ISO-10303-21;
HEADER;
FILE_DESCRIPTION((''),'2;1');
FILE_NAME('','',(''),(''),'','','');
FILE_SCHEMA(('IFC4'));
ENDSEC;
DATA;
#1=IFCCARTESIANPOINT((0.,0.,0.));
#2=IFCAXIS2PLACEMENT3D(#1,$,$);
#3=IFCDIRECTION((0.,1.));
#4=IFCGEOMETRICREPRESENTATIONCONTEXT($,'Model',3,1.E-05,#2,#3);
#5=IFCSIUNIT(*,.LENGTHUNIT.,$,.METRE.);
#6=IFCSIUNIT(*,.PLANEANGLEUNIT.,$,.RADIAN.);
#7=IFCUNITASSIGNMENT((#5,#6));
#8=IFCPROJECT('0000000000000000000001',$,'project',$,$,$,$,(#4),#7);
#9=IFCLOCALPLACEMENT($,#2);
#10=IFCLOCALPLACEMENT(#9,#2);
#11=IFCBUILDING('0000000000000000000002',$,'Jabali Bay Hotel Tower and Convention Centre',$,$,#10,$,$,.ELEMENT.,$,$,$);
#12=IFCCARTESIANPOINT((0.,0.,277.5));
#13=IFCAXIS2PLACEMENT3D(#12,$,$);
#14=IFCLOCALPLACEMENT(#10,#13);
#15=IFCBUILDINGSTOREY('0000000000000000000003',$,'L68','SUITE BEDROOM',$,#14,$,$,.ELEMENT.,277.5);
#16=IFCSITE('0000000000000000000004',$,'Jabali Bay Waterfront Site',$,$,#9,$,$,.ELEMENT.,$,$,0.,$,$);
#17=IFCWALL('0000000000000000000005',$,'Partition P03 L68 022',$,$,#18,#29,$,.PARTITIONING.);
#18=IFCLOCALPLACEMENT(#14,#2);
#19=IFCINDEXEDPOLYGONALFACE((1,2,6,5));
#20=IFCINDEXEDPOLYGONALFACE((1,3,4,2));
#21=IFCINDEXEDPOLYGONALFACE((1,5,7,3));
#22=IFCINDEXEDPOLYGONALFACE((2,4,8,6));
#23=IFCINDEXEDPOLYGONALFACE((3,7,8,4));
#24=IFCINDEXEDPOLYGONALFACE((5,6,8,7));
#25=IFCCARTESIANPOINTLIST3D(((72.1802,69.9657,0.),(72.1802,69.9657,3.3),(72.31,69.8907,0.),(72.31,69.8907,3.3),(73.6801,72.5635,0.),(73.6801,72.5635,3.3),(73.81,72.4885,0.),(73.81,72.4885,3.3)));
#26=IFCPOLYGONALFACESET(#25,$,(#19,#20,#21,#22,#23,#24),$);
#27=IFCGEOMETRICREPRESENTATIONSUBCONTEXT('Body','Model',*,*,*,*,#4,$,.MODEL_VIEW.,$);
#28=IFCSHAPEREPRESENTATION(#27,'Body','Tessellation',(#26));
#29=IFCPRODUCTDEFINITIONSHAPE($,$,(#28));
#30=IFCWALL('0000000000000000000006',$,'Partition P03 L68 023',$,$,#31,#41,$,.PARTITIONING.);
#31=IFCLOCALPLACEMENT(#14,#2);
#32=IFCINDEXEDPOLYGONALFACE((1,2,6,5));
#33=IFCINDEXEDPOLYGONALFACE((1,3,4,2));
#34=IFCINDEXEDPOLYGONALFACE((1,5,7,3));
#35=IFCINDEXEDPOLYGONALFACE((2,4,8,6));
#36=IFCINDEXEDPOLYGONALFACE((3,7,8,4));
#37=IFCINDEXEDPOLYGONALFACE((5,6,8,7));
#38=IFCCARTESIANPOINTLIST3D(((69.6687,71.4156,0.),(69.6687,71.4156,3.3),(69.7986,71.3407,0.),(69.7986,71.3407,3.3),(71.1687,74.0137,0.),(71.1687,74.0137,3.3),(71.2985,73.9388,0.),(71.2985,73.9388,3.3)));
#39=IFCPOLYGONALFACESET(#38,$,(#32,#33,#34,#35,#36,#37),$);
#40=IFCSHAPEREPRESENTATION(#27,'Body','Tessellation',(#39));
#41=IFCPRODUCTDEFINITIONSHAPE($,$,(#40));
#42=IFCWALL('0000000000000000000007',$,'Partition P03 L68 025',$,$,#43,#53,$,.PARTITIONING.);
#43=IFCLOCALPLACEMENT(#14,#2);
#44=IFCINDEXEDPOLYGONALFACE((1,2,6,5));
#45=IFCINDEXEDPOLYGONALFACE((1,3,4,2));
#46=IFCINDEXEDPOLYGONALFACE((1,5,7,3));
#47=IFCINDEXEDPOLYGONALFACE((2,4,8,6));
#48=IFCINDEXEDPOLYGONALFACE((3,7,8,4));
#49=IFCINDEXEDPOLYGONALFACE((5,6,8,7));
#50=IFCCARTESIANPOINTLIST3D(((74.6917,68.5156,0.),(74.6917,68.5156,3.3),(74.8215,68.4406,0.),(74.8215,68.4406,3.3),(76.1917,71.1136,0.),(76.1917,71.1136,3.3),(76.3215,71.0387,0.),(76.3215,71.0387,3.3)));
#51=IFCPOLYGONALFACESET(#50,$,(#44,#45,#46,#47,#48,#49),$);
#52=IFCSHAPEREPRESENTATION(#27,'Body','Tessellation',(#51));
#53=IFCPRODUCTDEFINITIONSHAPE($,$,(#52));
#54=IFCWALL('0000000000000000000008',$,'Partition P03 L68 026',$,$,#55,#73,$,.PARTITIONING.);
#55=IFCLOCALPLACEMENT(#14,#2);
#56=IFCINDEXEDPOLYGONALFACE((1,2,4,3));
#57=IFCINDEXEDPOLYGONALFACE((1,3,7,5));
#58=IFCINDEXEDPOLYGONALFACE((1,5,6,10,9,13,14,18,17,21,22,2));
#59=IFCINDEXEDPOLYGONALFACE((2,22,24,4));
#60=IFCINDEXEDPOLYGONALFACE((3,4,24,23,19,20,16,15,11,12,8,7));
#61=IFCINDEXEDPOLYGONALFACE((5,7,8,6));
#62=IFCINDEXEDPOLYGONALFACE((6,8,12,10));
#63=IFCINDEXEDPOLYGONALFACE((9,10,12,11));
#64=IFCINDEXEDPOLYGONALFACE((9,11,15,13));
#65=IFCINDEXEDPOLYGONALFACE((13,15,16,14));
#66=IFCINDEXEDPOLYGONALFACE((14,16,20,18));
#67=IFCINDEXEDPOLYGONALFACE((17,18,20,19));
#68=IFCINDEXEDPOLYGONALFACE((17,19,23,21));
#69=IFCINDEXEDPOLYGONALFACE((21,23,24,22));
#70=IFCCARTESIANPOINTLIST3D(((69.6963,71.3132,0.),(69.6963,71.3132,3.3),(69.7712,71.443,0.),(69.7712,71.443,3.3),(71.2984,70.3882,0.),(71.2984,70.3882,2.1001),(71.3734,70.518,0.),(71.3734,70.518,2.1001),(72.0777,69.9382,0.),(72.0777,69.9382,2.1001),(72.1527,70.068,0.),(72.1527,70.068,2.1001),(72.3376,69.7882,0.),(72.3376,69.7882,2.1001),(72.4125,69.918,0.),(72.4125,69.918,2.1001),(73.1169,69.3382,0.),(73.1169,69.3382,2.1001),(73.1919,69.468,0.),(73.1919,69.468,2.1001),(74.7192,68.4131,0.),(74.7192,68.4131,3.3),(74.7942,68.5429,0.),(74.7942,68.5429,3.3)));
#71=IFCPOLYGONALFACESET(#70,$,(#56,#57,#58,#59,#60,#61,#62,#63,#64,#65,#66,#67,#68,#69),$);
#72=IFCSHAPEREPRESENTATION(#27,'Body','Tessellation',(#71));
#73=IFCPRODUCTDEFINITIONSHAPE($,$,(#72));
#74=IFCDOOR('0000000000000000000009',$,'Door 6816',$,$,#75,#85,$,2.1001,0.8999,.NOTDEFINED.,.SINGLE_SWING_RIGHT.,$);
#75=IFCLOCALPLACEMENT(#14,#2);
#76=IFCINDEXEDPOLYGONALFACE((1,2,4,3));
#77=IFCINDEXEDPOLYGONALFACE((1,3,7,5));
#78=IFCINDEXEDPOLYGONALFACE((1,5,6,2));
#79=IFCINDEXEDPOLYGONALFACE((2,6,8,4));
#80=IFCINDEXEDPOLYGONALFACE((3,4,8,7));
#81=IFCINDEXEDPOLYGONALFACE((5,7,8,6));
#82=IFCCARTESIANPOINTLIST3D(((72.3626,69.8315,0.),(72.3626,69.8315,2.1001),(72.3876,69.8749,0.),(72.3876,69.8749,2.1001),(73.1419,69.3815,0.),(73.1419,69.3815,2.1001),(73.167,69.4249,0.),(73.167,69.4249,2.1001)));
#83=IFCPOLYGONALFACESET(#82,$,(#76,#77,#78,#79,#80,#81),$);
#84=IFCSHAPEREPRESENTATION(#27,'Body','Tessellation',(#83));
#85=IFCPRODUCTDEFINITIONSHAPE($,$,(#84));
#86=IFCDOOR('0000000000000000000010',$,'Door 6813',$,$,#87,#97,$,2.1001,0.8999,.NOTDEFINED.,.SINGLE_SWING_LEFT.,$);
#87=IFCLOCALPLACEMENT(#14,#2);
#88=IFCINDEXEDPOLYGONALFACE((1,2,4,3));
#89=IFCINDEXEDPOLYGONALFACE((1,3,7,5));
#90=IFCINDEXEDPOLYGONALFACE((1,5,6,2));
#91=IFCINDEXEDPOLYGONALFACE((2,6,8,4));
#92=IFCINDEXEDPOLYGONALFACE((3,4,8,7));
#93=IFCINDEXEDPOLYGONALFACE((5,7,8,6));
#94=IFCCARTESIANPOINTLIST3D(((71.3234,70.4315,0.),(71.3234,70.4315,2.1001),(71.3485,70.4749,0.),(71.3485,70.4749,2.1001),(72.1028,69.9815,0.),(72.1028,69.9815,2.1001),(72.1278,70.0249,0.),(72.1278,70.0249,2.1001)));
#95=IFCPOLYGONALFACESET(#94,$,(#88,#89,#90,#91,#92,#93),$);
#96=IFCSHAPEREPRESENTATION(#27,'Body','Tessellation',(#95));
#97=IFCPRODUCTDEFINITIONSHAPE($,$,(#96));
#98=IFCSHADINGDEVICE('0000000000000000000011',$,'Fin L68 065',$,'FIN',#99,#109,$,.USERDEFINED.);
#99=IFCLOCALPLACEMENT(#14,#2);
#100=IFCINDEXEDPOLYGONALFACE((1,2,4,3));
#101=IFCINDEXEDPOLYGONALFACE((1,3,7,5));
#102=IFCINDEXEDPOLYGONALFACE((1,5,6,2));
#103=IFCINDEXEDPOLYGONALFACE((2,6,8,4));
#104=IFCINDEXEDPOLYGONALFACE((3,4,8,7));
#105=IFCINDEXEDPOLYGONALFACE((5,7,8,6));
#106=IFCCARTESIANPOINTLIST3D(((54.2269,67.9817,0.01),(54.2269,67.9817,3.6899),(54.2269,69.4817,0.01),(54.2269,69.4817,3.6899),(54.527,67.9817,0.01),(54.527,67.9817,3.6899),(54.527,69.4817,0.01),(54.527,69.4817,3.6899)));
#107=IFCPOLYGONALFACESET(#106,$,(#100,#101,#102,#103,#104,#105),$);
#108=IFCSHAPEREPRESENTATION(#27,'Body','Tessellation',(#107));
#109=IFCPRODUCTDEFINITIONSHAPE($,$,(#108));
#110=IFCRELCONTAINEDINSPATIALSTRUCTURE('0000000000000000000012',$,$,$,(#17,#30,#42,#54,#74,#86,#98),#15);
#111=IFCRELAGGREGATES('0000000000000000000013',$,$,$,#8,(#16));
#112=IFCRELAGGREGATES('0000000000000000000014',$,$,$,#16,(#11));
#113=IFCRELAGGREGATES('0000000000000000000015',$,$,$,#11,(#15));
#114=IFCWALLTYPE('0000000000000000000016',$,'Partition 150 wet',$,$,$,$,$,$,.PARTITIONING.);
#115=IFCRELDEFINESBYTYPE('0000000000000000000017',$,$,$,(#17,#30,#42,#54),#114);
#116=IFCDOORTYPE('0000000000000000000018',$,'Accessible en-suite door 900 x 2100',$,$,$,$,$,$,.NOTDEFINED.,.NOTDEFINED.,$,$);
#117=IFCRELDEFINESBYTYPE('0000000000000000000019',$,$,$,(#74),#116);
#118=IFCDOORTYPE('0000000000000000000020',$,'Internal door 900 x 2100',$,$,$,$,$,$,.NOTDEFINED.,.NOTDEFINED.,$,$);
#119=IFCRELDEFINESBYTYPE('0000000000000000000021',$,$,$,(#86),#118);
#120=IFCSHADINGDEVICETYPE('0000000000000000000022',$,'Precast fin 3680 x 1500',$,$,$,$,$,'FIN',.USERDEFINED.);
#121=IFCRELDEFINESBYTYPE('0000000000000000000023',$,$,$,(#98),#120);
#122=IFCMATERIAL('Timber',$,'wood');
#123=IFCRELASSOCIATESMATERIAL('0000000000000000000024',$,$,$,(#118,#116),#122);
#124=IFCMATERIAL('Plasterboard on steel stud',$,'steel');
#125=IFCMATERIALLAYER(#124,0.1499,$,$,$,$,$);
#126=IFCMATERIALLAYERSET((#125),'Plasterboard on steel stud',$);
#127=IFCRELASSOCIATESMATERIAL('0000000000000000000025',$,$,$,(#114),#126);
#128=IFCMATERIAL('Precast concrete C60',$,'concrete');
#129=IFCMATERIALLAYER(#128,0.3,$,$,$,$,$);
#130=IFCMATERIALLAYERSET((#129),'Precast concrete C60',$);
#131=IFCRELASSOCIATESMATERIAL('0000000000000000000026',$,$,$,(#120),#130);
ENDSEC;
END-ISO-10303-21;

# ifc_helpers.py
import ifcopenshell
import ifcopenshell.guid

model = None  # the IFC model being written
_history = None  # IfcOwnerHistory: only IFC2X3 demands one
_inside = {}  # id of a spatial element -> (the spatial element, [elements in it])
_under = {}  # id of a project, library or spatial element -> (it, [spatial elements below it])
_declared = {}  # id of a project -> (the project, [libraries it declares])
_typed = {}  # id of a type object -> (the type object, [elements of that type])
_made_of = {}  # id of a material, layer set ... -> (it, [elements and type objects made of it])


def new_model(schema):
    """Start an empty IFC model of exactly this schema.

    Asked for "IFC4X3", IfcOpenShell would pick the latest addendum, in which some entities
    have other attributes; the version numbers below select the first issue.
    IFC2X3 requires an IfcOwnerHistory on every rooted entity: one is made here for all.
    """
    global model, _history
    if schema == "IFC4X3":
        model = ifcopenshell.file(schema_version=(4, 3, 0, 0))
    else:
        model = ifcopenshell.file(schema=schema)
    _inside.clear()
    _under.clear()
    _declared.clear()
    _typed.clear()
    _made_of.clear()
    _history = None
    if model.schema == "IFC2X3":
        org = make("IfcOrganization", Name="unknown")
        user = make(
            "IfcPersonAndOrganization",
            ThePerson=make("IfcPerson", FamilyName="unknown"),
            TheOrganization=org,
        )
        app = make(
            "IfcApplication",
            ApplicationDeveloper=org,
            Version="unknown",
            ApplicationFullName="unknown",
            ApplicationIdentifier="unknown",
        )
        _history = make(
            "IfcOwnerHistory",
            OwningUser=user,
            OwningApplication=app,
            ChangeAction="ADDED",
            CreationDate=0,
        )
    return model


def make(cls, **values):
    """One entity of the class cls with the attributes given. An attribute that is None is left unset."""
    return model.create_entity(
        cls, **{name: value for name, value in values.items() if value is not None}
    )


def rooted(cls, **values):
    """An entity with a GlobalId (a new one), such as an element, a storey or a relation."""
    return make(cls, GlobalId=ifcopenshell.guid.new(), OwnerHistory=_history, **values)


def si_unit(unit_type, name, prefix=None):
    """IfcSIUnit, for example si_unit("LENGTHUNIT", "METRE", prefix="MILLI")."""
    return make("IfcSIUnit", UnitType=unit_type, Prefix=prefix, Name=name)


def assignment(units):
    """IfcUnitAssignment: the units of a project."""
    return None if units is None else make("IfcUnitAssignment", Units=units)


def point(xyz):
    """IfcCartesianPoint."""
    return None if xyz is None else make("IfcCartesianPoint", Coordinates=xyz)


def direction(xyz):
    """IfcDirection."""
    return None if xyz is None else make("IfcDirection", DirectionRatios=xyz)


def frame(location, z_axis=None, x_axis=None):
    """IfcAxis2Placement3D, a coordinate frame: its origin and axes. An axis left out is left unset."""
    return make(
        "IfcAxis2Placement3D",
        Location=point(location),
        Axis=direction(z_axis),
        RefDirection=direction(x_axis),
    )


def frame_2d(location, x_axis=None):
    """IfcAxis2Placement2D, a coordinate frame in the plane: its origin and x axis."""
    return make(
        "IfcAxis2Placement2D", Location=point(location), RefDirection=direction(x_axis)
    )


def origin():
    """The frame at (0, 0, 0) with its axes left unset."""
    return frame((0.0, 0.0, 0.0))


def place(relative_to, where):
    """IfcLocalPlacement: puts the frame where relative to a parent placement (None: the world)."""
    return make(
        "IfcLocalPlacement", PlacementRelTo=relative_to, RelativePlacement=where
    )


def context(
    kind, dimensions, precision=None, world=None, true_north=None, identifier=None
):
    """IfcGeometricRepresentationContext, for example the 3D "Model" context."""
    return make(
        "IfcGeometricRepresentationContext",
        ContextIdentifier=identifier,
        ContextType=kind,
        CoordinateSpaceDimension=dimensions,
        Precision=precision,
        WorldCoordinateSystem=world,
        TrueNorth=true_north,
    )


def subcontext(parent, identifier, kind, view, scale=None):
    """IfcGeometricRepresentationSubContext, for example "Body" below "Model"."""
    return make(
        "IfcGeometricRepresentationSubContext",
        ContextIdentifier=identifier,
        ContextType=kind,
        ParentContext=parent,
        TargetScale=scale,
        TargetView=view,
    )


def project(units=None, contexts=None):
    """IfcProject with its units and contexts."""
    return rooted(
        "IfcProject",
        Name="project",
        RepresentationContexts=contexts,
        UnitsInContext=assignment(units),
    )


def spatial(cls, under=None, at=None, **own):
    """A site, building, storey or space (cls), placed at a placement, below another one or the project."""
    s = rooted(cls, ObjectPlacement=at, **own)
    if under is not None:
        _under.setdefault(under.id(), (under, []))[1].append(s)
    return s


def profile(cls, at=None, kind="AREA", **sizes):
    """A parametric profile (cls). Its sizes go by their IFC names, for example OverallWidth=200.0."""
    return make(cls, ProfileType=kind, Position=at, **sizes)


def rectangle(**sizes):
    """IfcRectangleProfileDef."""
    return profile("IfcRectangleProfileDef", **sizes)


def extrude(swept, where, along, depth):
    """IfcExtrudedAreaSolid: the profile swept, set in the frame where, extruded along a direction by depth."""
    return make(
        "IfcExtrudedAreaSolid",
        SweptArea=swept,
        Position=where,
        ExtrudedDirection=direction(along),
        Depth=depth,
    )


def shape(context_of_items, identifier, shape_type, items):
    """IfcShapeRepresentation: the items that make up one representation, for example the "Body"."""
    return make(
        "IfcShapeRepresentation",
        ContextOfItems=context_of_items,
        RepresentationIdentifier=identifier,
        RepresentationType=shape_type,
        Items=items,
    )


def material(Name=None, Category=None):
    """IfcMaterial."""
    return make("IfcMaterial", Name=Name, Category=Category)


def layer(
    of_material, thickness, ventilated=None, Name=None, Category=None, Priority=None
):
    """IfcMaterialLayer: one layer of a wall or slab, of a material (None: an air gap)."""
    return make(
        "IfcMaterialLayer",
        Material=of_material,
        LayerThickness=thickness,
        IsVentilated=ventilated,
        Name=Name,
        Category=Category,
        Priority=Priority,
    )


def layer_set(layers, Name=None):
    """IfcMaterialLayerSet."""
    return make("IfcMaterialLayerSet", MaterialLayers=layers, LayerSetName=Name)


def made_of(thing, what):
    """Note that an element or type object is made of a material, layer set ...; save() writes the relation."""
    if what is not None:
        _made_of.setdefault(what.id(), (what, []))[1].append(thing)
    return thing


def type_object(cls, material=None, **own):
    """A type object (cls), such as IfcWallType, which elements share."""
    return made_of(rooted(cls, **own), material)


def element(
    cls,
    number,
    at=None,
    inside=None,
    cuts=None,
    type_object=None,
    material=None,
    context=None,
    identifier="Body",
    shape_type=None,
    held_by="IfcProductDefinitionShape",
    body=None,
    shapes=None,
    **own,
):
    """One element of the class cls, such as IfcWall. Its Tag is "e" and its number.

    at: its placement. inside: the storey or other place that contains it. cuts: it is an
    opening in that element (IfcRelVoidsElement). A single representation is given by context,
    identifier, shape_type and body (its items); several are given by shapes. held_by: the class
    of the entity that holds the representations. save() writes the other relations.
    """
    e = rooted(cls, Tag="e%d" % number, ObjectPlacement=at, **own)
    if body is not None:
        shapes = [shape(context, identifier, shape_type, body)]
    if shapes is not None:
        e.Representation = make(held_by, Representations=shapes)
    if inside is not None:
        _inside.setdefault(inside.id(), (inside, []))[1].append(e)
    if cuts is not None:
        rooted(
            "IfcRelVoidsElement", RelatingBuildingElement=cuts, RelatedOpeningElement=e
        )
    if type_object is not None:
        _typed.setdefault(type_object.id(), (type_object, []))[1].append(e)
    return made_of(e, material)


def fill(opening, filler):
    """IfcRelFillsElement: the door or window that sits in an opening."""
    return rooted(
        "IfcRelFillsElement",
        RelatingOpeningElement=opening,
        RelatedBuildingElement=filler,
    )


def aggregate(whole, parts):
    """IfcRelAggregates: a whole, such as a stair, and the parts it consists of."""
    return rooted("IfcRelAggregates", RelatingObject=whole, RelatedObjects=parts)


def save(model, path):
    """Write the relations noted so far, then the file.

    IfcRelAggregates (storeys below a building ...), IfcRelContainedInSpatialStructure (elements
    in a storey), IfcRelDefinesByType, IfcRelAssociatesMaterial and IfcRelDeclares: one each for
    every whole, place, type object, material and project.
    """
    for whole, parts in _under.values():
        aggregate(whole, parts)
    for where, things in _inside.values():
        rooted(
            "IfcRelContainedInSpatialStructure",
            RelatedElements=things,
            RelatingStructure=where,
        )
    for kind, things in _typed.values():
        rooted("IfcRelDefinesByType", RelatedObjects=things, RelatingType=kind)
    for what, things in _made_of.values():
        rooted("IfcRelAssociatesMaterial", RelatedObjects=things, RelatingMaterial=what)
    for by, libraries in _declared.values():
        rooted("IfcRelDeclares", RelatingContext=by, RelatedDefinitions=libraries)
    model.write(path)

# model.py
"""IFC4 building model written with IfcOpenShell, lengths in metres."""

from ifc_helpers import new_model, si_unit, direction, frame, frame_2d, origin, place, context, subcontext, project, spatial, rectangle, extrude, material, layer, layer_set, type_object, element, fill, save


model = new_model("IFC4")

# Units and contexts
model_context = context("Model", 3, precision=1e-05, world=origin(), true_north=direction((0.0, 1.0)))
body_context = subcontext(model_context, "Body", "Model", "MODEL_VIEW")
ifc_project = project(units=[si_unit("LENGTHUNIT", "METRE"), si_unit("PLANEANGLEUNIT", "RADIAN")], contexts=[model_context])

# Site, building, storey
site_placement = place(None, origin())
site = spatial("IfcSite", under=ifc_project, at=site_placement, Name="Jabali Bay Waterfront Site", CompositionType="ELEMENT", RefElevation=0.0)
building_placement = place(site_placement, origin())
building = spatial("IfcBuilding", under=site, at=building_placement, Name="Jabali Bay Hotel Tower and Convention Centre", CompositionType="ELEMENT")
storey_placement = place(building_placement, frame((0.0, 0.0, 277.5)))
storey = spatial("IfcBuildingStorey", under=building, at=storey_placement, Name="L68", Description="SUITE BEDROOM", CompositionType="ELEMENT", Elevation=277.5)

# Shared definitions
ifc_material_1 = material(Name="Timber", Category="wood")

# Shared definitions
ifc_material_2 = material(Name="Plasterboard on steel stud", Category="steel")
door_type_1 = type_object("IfcDoorType", Name="Internal door 900 x 2100", OperationType="NOTDEFINED", PredefinedType="NOTDEFINED", material=ifc_material_1)
ifc_layer_1 = layer(ifc_material_2, 0.1499)
ifc_layer_set_1 = layer_set([ifc_layer_1], Name="Plasterboard on steel stud")
wall_type_1 = type_object("IfcWallType", Name="Partition 150 wet", PredefinedType="PARTITIONING", material=ifc_layer_set_1)

# Walls
wall_1_placement = place(storey_placement, frame((73.7451, 72.5261, 0.0), z_axis=(0.0, 0.0, 1.0), x_axis=(-0.500025, -0.866011, 0.0)))
element("IfcWall", 1, at=wall_1_placement, inside=storey, type_object=wall_type_1, Name="Partition P03 L68 022", PredefinedType="PARTITIONING", context=body_context, shape_type="SweptSolid", body=[
    extrude(rectangle(XDim=2.9998, YDim=0.1499, at=frame_2d((1.5, 0.0))), origin(), (0.0, 0.0, 1.0), 3.3),
])
for number, where, z_axis, x_axis, name in (
    (2, (69.7336, 71.3782, 0.0), (0.0, 0.0, 1.0), (0.49999, 0.866031, 0.0), "Partition P03 L68 023"),
    (3, (76.2566, 71.0762, 0.0), (0.0, 0.0, 1.0), (-0.49999, -0.866031, 0.0), "Partition P03 L68 025"),
):
    element("IfcWall", number, at=place(storey_placement, frame(where, z_axis=z_axis, x_axis=x_axis)), inside=storey, type_object=wall_type_1, Name=name, PredefinedType="PARTITIONING", context=body_context, shape_type="SweptSolid", body=[
        extrude(rectangle(XDim=3.0, YDim=0.1499, at=frame_2d((1.5, 0.0))), origin(), (0.0, 0.0, 1.0), 3.3),
    ])

# Wall, openings, doors
wall_2_placement = place(storey_placement, frame((74.7566, 68.478, 0.0), z_axis=(0.0, 0.0, 1.0), x_axis=(-0.866015, 0.500019, 0.0)))
wall_2 = element("IfcWall", 4, at=wall_2_placement, inside=storey, type_object=wall_type_1, Name="Partition P03 L68 026", PredefinedType="PARTITIONING", context=body_context, shape_type="SweptSolid", body=[
    extrude(rectangle(XDim=5.8, YDim=0.1499, at=frame_2d((2.8999, 0.0))), origin(), (0.0, 0.0, 1.0), 3.3),
])
opening_1_placement = place(wall_2_placement, frame((3.05, 0.0, 0.0)))
opening_1 = element("IfcOpeningElement", 5, at=opening_1_placement, cuts=wall_2, PredefinedType="OPENING", context=body_context, shape_type="SweptSolid", body=[
    extrude(rectangle(XDim=0.8999, YDim=2.1001, at=frame_2d((0.45, 1.05))), frame((0.0, 0.0854, 0.0), z_axis=(0.0, -1.0, 0.0), x_axis=(1.0, 0.0, 0.0)), (0.0, 0.0, 1.0), 0.1709),
])
opening_2_placement = place(wall_2_placement, frame((1.8501, 0.0, 0.0)))
opening_2 = element("IfcOpeningElement", 6, at=opening_2_placement, cuts=wall_2, PredefinedType="OPENING", context=body_context, shape_type="SweptSolid", body=[
    extrude(rectangle(XDim=0.8999, YDim=2.1001, at=frame_2d((0.45, 1.05))), frame((0.0, 0.0854, 0.0), z_axis=(0.0, -1.0, 0.0), x_axis=(1.0, 0.0, 0.0)), (0.0, 0.0, 1.0), 0.1709),
])
door_type_2 = type_object("IfcDoorType", Name="Accessible en-suite door 900 x 2100", OperationType="NOTDEFINED", PredefinedType="NOTDEFINED", material=ifc_material_1)
door_1_placement = place(opening_2_placement, origin())
door_1 = element("IfcDoor", 7, at=door_1_placement, inside=storey, type_object=door_type_2, Name="Door 6816", OperationType="SINGLE_SWING_RIGHT", OverallHeight=2.1001, OverallWidth=0.8999, PredefinedType="NOTDEFINED", context=body_context, shape_type="SweptSolid", body=[
    extrude(rectangle(XDim=0.8999, YDim=2.1001, at=frame_2d((0.45, 1.05))), frame((0.0, 0.0249, 0.0), z_axis=(0.0, -1.0, 0.0), x_axis=(1.0, 0.0, 0.0)), (0.0, 0.0, 1.0), 0.05),
])
fill(opening_2, door_1)
door_2_placement = place(opening_1_placement, origin())
door_2 = element("IfcDoor", 8, at=door_2_placement, inside=storey, type_object=door_type_1, Name="Door 6813", OperationType="SINGLE_SWING_LEFT", OverallHeight=2.1001, OverallWidth=0.8999, PredefinedType="NOTDEFINED", context=body_context, shape_type="SweptSolid", body=[
    extrude(rectangle(XDim=0.8999, YDim=2.1001, at=frame_2d((0.45, 1.05))), frame((0.0, 0.0249, 0.0), z_axis=(0.0, -1.0, 0.0), x_axis=(1.0, 0.0, 0.0)), (0.0, 0.0, 1.0), 0.05),
])
fill(opening_1, door_2)

# Shading device
ifc_material_3 = material(Name="Precast concrete C60", Category="concrete")
ifc_layer_2 = layer(ifc_material_3, 0.3)
ifc_layer_set_2 = layer_set([ifc_layer_2], Name="Precast concrete C60")
shading_device_type = type_object("IfcShadingDeviceType", Name="Precast fin 3680 x 1500", ElementType="FIN", PredefinedType="USERDEFINED", material=ifc_layer_set_2)
shading_device_placement = place(storey_placement, frame((54.377, 69.4817, 0.01), z_axis=(0.0, 0.0, 1.0), x_axis=(0.0, -1.0, 0.0)))
element("IfcShadingDevice", 9, at=shading_device_placement, inside=storey, type_object=shading_device_type, Name="Fin L68 065", ObjectType="FIN", PredefinedType="USERDEFINED", context=body_context, shape_type="SweptSolid", body=[
    extrude(rectangle(XDim=1.5, YDim=0.3, at=frame_2d((0.75, 0.0))), origin(), (0.0, 0.0, 1.0), 3.6799),
])

save(model, "model.ifc")
